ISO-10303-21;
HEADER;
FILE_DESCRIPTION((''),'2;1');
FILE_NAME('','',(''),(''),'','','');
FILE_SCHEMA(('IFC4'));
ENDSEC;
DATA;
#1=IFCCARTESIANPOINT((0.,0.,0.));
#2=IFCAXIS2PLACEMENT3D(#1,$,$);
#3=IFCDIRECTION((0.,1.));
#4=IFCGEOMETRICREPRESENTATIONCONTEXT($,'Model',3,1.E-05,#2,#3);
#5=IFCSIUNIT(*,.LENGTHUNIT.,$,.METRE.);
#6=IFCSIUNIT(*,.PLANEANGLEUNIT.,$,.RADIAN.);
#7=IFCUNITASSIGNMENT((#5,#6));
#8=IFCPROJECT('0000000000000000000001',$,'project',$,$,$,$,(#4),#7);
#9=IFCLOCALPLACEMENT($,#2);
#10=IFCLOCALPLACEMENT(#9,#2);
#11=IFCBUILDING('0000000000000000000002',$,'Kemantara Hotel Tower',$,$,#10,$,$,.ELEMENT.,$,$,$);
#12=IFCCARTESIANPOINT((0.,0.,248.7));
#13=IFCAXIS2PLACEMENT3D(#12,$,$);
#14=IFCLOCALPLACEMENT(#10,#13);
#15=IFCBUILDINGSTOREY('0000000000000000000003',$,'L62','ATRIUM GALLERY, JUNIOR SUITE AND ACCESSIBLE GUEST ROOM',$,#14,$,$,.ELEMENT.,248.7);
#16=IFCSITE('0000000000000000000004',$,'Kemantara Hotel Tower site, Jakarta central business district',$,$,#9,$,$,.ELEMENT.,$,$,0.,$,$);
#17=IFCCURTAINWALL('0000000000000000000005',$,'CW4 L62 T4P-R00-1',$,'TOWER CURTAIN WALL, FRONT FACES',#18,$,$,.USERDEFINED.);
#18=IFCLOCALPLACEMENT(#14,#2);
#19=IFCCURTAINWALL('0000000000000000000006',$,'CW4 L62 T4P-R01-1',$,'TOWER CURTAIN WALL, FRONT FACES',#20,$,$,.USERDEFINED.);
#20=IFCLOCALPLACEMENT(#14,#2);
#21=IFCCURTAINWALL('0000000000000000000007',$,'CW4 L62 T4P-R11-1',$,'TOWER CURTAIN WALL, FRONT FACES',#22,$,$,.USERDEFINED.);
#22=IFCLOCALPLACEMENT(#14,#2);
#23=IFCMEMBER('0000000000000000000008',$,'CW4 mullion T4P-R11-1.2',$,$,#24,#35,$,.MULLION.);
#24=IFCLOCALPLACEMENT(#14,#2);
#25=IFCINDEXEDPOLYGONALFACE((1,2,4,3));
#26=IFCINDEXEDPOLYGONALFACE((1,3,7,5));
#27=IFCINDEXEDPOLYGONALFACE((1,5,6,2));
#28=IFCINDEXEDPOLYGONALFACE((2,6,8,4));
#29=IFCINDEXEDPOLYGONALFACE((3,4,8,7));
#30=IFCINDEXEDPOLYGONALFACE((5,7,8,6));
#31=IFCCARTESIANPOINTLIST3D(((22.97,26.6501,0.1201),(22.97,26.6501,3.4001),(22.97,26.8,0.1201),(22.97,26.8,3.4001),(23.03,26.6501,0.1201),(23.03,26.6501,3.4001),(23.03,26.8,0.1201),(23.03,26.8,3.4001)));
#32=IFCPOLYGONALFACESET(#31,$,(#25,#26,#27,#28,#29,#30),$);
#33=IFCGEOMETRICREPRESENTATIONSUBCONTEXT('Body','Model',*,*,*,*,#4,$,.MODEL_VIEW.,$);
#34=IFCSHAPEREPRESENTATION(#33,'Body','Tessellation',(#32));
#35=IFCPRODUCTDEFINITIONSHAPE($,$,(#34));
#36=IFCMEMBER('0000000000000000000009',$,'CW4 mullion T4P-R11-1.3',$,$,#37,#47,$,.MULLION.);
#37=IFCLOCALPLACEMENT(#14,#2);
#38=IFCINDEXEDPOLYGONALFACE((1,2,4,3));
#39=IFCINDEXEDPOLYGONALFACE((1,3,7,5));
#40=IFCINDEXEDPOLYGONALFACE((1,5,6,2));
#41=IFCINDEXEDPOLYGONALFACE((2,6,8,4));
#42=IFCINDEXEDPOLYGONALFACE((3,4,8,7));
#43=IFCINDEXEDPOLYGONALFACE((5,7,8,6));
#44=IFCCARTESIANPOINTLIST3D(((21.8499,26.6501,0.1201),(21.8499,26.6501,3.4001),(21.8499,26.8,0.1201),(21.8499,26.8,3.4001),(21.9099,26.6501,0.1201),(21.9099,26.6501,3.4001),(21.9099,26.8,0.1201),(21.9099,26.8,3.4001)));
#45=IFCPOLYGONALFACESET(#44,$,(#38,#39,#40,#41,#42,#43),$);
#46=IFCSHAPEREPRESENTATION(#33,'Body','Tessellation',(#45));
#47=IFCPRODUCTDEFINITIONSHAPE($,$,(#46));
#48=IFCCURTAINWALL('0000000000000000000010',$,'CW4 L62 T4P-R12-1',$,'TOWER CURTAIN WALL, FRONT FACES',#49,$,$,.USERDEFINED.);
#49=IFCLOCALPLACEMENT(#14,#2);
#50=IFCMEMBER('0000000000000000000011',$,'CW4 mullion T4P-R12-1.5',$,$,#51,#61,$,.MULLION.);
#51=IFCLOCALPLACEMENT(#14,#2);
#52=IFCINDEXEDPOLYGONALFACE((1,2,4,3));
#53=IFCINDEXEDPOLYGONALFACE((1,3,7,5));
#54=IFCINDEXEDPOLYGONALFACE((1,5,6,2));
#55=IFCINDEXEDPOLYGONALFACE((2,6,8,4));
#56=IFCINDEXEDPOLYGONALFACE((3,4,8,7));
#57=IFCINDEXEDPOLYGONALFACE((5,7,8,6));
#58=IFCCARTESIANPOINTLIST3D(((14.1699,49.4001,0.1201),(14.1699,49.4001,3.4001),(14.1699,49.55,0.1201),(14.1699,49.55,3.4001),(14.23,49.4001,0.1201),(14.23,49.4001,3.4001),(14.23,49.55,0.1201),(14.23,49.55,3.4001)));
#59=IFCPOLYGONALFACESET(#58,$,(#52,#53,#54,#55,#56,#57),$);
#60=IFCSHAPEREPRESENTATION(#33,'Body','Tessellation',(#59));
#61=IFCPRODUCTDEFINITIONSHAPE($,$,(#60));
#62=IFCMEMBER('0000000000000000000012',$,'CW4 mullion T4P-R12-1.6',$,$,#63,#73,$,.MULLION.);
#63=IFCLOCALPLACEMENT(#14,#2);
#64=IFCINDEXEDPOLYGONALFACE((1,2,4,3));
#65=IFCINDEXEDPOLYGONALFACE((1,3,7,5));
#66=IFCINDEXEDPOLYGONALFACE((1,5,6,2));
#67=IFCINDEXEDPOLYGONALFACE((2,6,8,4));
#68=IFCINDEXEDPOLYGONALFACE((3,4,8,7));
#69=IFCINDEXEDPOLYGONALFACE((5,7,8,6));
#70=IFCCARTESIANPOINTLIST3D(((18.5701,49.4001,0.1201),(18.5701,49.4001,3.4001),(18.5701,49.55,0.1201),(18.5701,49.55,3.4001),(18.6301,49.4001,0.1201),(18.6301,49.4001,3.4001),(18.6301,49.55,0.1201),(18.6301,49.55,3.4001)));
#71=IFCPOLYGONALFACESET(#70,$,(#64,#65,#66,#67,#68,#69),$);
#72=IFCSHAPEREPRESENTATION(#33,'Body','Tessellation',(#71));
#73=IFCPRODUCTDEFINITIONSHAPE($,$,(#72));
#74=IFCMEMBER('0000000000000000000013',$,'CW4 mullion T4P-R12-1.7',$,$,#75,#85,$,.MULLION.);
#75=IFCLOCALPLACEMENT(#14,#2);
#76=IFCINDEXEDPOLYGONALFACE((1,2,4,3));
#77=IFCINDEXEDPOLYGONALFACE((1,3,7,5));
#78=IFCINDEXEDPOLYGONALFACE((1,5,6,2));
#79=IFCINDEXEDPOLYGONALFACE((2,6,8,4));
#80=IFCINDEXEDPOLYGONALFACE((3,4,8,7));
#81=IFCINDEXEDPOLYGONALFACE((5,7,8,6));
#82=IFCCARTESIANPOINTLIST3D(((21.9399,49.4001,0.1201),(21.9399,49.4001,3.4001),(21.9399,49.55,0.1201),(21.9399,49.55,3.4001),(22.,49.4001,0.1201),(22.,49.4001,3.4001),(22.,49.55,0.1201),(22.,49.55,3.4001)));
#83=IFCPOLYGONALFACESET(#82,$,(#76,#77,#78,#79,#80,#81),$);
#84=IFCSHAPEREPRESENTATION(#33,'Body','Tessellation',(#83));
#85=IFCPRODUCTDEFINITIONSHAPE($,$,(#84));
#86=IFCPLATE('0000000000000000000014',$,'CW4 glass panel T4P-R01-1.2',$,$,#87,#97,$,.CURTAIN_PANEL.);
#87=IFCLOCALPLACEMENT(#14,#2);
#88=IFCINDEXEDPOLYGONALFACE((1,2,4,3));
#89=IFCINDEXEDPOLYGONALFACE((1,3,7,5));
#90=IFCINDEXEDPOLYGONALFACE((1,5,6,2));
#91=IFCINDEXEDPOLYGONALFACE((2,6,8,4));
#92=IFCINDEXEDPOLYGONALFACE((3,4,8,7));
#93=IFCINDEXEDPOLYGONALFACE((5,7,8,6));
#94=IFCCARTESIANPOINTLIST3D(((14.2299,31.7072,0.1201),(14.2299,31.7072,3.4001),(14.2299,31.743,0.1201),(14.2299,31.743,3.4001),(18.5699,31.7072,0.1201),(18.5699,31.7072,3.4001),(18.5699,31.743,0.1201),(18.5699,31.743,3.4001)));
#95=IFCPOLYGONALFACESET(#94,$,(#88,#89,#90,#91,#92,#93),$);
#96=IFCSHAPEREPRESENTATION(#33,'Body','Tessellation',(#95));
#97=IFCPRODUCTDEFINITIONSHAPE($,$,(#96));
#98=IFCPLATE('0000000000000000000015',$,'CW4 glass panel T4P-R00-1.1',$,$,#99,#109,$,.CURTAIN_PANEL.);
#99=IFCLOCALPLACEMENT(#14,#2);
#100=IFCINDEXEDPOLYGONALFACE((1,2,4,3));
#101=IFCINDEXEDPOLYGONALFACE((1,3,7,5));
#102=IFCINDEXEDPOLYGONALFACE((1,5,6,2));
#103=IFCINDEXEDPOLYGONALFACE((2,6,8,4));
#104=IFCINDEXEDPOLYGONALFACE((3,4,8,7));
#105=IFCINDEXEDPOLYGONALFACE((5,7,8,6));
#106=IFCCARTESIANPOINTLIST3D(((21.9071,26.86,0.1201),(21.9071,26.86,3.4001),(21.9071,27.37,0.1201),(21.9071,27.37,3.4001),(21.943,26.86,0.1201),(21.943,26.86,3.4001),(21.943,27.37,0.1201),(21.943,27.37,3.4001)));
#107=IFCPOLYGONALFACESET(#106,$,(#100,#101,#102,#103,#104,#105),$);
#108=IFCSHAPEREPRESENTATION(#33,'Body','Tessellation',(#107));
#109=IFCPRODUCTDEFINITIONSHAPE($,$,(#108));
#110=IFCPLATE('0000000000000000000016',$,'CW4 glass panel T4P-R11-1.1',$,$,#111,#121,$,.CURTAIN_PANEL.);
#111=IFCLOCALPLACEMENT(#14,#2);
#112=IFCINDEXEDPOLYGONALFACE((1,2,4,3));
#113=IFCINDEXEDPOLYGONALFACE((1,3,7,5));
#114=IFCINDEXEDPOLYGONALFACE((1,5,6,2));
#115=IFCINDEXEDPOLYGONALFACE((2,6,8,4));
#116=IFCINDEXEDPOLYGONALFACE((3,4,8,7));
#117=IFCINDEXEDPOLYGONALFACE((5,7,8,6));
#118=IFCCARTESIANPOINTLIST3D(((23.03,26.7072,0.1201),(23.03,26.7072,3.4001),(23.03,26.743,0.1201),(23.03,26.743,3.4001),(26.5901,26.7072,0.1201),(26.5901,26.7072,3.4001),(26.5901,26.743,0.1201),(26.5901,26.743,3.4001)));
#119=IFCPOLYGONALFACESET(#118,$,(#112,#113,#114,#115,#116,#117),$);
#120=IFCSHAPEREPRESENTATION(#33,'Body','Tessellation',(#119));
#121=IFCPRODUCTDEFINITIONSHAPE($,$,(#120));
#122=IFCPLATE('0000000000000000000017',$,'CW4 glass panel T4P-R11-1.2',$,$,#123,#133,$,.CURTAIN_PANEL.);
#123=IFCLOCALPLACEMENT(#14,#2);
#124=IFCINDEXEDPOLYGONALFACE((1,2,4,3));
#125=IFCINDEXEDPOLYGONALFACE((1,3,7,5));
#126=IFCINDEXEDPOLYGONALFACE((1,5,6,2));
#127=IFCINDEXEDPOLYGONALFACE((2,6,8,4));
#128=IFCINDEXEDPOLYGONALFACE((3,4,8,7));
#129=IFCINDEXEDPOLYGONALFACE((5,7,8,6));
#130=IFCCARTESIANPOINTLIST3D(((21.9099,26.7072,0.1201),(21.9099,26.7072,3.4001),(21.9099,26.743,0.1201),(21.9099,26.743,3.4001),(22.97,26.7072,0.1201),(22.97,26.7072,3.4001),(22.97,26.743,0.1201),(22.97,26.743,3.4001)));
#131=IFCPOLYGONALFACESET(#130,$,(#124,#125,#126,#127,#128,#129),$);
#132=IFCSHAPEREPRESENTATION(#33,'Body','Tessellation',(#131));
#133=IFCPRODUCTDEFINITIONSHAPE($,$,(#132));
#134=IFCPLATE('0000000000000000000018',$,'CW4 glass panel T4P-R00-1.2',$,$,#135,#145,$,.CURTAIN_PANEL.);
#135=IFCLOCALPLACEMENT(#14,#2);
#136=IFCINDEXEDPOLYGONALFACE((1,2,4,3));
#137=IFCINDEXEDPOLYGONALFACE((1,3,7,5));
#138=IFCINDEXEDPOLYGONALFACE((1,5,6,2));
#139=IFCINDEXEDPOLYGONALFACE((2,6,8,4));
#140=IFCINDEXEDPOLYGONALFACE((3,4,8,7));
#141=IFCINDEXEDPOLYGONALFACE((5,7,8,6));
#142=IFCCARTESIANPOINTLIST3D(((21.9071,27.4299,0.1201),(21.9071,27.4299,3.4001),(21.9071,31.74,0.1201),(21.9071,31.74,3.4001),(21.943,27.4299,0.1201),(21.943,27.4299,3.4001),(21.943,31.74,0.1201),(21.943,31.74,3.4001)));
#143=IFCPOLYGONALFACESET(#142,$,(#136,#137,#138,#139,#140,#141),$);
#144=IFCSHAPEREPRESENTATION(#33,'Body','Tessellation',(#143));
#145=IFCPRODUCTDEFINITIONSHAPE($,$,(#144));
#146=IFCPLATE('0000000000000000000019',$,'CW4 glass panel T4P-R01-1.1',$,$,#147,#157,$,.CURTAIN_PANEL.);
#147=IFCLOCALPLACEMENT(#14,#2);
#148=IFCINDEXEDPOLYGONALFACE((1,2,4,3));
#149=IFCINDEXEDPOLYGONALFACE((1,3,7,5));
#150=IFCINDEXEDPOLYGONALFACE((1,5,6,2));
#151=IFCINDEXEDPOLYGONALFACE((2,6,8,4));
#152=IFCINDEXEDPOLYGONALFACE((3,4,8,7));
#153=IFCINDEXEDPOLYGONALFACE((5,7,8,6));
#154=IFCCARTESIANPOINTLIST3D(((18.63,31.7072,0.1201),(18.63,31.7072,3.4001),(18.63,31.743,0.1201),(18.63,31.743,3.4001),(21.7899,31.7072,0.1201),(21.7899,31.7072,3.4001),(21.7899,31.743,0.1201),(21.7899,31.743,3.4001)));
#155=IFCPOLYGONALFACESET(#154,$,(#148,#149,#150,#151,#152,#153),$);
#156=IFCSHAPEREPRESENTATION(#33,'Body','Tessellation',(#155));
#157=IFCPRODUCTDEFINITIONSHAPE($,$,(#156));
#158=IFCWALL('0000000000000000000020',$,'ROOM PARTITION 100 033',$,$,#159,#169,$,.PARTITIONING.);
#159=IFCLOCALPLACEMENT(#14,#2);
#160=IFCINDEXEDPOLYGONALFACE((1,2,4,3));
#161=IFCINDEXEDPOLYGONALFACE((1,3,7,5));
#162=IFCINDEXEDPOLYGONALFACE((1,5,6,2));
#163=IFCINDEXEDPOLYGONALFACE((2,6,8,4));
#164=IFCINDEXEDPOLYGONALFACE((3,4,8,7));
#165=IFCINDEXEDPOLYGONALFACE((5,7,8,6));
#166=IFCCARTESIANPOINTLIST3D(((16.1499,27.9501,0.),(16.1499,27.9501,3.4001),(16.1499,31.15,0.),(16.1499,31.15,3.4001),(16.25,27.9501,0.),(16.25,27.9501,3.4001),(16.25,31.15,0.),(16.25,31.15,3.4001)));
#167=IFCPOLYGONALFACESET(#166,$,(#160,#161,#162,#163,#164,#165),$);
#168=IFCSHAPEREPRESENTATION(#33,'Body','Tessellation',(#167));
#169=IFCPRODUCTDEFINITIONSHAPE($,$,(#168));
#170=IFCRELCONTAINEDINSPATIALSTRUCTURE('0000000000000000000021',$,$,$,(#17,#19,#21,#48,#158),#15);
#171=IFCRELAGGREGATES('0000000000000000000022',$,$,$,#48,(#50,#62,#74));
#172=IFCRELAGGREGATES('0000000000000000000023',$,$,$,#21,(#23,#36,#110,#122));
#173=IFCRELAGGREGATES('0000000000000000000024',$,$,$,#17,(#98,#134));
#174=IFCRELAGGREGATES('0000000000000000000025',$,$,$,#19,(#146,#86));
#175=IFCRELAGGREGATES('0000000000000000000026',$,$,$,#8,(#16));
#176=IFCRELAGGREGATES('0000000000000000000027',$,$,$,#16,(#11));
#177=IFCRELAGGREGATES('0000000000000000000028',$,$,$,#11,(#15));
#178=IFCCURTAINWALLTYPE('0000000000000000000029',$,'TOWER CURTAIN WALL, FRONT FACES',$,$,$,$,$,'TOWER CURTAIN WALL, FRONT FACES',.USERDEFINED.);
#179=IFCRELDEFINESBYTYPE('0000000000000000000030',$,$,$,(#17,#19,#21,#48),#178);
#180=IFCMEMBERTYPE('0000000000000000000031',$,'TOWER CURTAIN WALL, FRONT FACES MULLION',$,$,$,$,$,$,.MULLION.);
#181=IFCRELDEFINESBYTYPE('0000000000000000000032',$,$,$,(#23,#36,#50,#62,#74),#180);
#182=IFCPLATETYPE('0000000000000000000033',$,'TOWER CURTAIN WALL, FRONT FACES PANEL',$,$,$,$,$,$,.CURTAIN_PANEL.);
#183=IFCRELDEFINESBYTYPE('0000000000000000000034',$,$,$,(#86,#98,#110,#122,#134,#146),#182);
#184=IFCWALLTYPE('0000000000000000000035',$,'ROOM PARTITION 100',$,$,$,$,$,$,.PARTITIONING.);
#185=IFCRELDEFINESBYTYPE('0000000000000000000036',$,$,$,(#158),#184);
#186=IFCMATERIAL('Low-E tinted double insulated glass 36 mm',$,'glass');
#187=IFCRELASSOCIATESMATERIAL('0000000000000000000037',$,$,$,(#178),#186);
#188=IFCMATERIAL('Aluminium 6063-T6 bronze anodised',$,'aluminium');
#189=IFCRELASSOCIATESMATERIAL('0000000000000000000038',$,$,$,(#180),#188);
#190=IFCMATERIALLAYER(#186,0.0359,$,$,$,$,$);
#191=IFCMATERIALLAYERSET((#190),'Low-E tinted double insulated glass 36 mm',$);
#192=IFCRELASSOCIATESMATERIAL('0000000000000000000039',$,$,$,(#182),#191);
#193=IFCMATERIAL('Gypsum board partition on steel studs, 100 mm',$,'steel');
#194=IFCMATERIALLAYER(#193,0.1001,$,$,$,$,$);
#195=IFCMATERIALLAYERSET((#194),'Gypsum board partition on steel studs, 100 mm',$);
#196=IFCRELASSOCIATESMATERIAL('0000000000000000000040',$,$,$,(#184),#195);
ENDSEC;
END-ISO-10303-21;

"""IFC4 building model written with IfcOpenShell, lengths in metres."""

from ifc_helpers import new_model, si_unit, direction, frame, frame_2d, origin, origin_2d, place, context, subcontext, project, spatial, rectangle, extrude, source, transform, mapped, material, layer, layer_set, material_profile, profile_set, type_object, element, aggregate, save


model = new_model("IFC4")

# Units and contexts
model_context = context("Model", 3, precision=1e-05, world=origin(), true_north=direction((0.0, 1.0)))
body_context = subcontext(model_context, "Body", "Model", "MODEL_VIEW")
ifc_project = project(units=[si_unit("LENGTHUNIT", "METRE"), si_unit("PLANEANGLEUNIT", "RADIAN")], contexts=[model_context])

# Site, building, storey
site_placement = place(None, origin())
site = spatial("IfcSite", under=ifc_project, at=site_placement, Name="Kemantara Hotel Tower site, Jakarta central business district", CompositionType="ELEMENT", RefElevation=0.0)
building_placement = place(site_placement, origin())
building = spatial("IfcBuilding", under=site, at=building_placement, Name="Kemantara Hotel Tower", CompositionType="ELEMENT")
storey_placement = place(building_placement, frame((0.0, 0.0, 248.7)))
storey = spatial("IfcBuildingStorey", under=building, at=storey_placement, Name="L62", Description="ATRIUM GALLERY, JUNIOR SUITE AND ACCESSIBLE GUEST ROOM", CompositionType="ELEMENT", Elevation=248.7)

# Curtain walls
ifc_material_1 = material(Name="Low-E tinted double insulated glass 36 mm", Category="glass")
curtain_wall_type = type_object("IfcCurtainWallType", Name="TOWER CURTAIN WALL, FRONT FACES", ElementType="TOWER CURTAIN WALL, FRONT FACES", PredefinedType="USERDEFINED", material=ifc_material_1)
curtain_wall_1_placement = place(storey_placement, origin())
curtain_wall_1 = element("IfcCurtainWall", 1, at=curtain_wall_1_placement, inside=storey, type_object=curtain_wall_type, Name="CW4 L62 T4P-R00-1", ObjectType="TOWER CURTAIN WALL, FRONT FACES", PredefinedType="USERDEFINED")
ifc_material_2 = material(Name="Aluminium 6063-T6 bronze anodised", Category="aluminium")
curtain_wall_2_placement = place(storey_placement, origin())
curtain_wall_2 = element("IfcCurtainWall", 2, at=curtain_wall_2_placement, inside=storey, type_object=curtain_wall_type, Name="CW4 L62 T4P-R01-1", ObjectType="TOWER CURTAIN WALL, FRONT FACES", PredefinedType="USERDEFINED")
curtain_wall_3_placement = place(storey_placement, origin())
curtain_wall_3 = element("IfcCurtainWall", 3, at=curtain_wall_3_placement, inside=storey, type_object=curtain_wall_type, Name="CW4 L62 T4P-R11-1", ObjectType="TOWER CURTAIN WALL, FRONT FACES", PredefinedType="USERDEFINED")

# Shared definitions
ifc_material_profile_1 = material_profile(ifc_material_2, rectangle(XDim=0.1499, YDim=0.0601, at=origin_2d()), Name="TOWER CURTAIN WALL, FRONT FACES MULLION")
ifc_profile_set_1 = profile_set([ifc_material_profile_1], Name="Aluminium 6063-T6 bronze anodised")
member_type_1 = type_object("IfcMemberType", Name="TOWER CURTAIN WALL, FRONT FACES MULLION", PredefinedType="MULLION", material=ifc_profile_set_1)
shared_shape_1 = source(origin(), body_context, "Body", "SweptSolid", [
    extrude(rectangle(XDim=0.1499, YDim=0.0601, at=origin_2d()), origin(), (0.0, 0.0, 1.0), 3.28),
])

# Members
member_1_placement = place(storey_placement, frame((23.0, 26.7251, 0.1201), z_axis=(0.0, 0.0, 1.0), x_axis=(0.0, -1.0, 0.0)))
member_1 = element("IfcMember", 4, at=member_1_placement, type_object=member_type_1, Name="CW4 mullion T4P-R11-1.2", PredefinedType="MULLION", context=body_context, shape_type="MappedRepresentation", body=[
    mapped(shared_shape_1, transform((0.0, 0.0, 0.0))),
])
member_2_placement = place(storey_placement, frame((21.8799, 26.7251, 0.1201), z_axis=(0.0, 0.0, 1.0), x_axis=(0.0, -1.0, 0.0)))
member_2 = element("IfcMember", 5, at=member_2_placement, type_object=member_type_1, Name="CW4 mullion T4P-R11-1.3", PredefinedType="MULLION", context=body_context, shape_type="MappedRepresentation", body=[
    mapped(shared_shape_1, transform((0.0, 0.0, 0.0))),
])

# Curtain wall, members
curtain_wall_4_placement = place(storey_placement, origin())
curtain_wall_4 = element("IfcCurtainWall", 6, at=curtain_wall_4_placement, inside=storey, type_object=curtain_wall_type, Name="CW4 L62 T4P-R12-1", ObjectType="TOWER CURTAIN WALL, FRONT FACES", PredefinedType="USERDEFINED")
member_3_placement = place(storey_placement, frame((14.2, 49.4751, 0.1201), z_axis=(0.0, 0.0, 1.0), x_axis=(0.0, 1.0, 0.0)))
member_3 = element("IfcMember", 7, at=member_3_placement, type_object=member_type_1, Name="CW4 mullion T4P-R12-1.5", PredefinedType="MULLION", context=body_context, shape_type="MappedRepresentation", body=[
    mapped(shared_shape_1, transform((0.0, 0.0, 0.0))),
])
member_4_placement = place(storey_placement, frame((18.6001, 49.4751, 0.1201), z_axis=(0.0, 0.0, 1.0), x_axis=(0.0, 1.0, 0.0)))
member_4 = element("IfcMember", 8, at=member_4_placement, type_object=member_type_1, Name="CW4 mullion T4P-R12-1.6", PredefinedType="MULLION", context=body_context, shape_type="MappedRepresentation", body=[
    mapped(shared_shape_1, transform((0.0, 0.0, 0.0))),
])
member_5_placement = place(storey_placement, frame((21.97, 49.4751, 0.1201), z_axis=(0.0, 0.0, 1.0), x_axis=(0.0, 1.0, 0.0)))
member_5 = element("IfcMember", 9, at=member_5_placement, type_object=member_type_1, Name="CW4 mullion T4P-R12-1.7", PredefinedType="MULLION", context=body_context, shape_type="MappedRepresentation", body=[
    mapped(shared_shape_1, transform((0.0, 0.0, 0.0))),
])
aggregate(curtain_wall_4, [member_3, member_4, member_5])

# Plates
ifc_layer_1 = layer(ifc_material_1, 0.0359)
ifc_layer_set_1 = layer_set([ifc_layer_1], Name="Low-E tinted double insulated glass 36 mm")
plate_type = type_object("IfcPlateType", Name="TOWER CURTAIN WALL, FRONT FACES PANEL", PredefinedType="CURTAIN_PANEL", material=ifc_layer_set_1)
shared_shape_2 = source(origin(), body_context, "Body", "SweptSolid", [
    extrude(rectangle(XDim=4.3401, YDim=0.0359, at=origin_2d()), origin(), (0.0, 0.0, 1.0), 3.28),
])
plate_1_placement = place(storey_placement, frame((16.3999, 31.7251, 0.1201), z_axis=(0.0, 0.0, 1.0), x_axis=(-1.0, 0.0, 0.0)))
plate_1 = element("IfcPlate", 10, at=plate_1_placement, type_object=plate_type, Name="CW4 glass panel T4P-R01-1.2", PredefinedType="CURTAIN_PANEL", context=body_context, shape_type="MappedRepresentation", body=[
    mapped(shared_shape_2, transform((0.0, 0.0, 0.0))),
])
shared_shape_3 = source(origin(), body_context, "Body", "SweptSolid", [
    extrude(rectangle(XDim=0.51, YDim=0.0359, at=origin_2d()), origin(), (0.0, 0.0, 1.0), 3.28),
])
plate_2_placement = place(storey_placement, frame((21.925, 27.115, 0.1201), z_axis=(0.0, 0.0, 1.0), x_axis=(0.0, 1.0, 0.0)))
plate_2 = element("IfcPlate", 11, at=plate_2_placement, type_object=plate_type, Name="CW4 glass panel T4P-R00-1.1", PredefinedType="CURTAIN_PANEL", context=body_context, shape_type="MappedRepresentation", body=[
    mapped(shared_shape_3, transform((0.0, 0.0, 0.0))),
])
shared_shape_4 = source(origin(), body_context, "Body", "SweptSolid", [
    extrude(rectangle(XDim=3.5601, YDim=0.0359, at=origin_2d()), origin(), (0.0, 0.0, 1.0), 3.28),
])
plate_3_placement = place(storey_placement, frame((24.8101, 26.7251, 0.1201), z_axis=(0.0, 0.0, 1.0), x_axis=(-1.0, 0.0, 0.0)))
plate_3 = element("IfcPlate", 12, at=plate_3_placement, type_object=plate_type, Name="CW4 glass panel T4P-R11-1.1", PredefinedType="CURTAIN_PANEL", context=body_context, shape_type="MappedRepresentation", body=[
    mapped(shared_shape_4, transform((0.0, 0.0, 0.0))),
])
shared_shape_5 = source(origin(), body_context, "Body", "SweptSolid", [
    extrude(rectangle(XDim=1.0601, YDim=0.0359, at=origin_2d()), origin(), (0.0, 0.0, 1.0), 3.28),
])
plate_4_placement = place(storey_placement, frame((22.4399, 26.7251, 0.1201), z_axis=(0.0, 0.0, 1.0), x_axis=(-1.0, 0.0, 0.0)))
plate_4 = element("IfcPlate", 13, at=plate_4_placement, type_object=plate_type, Name="CW4 glass panel T4P-R11-1.2", PredefinedType="CURTAIN_PANEL", context=body_context, shape_type="MappedRepresentation", body=[
    mapped(shared_shape_5, transform((0.0, 0.0, 0.0))),
])
aggregate(curtain_wall_3, [member_1, member_2, plate_3, plate_4])
shared_shape_6 = source(origin(), body_context, "Body", "SweptSolid", [
    extrude(rectangle(XDim=4.3101, YDim=0.0359, at=origin_2d()), origin(), (0.0, 0.0, 1.0), 3.28),
])
plate_5_placement = place(storey_placement, frame((21.925, 29.585, 0.1201), z_axis=(0.0, 0.0, 1.0), x_axis=(0.0, 1.0, 0.0)))
plate_5 = element("IfcPlate", 14, at=plate_5_placement, type_object=plate_type, Name="CW4 glass panel T4P-R00-1.2", PredefinedType="CURTAIN_PANEL", context=body_context, shape_type="MappedRepresentation", body=[
    mapped(shared_shape_6, transform((0.0, 0.0, 0.0))),
])
aggregate(curtain_wall_1, [plate_2, plate_5])
shared_shape_7 = source(origin(), body_context, "Body", "SweptSolid", [
    extrude(rectangle(XDim=3.1599, YDim=0.0359, at=origin_2d()), origin(), (0.0, 0.0, 1.0), 3.28),
])
plate_6_placement = place(storey_placement, frame((20.21, 31.7251, 0.1201), z_axis=(0.0, 0.0, 1.0), x_axis=(-1.0, 0.0, 0.0)))
plate_6 = element("IfcPlate", 15, at=plate_6_placement, type_object=plate_type, Name="CW4 glass panel T4P-R01-1.1", PredefinedType="CURTAIN_PANEL", context=body_context, shape_type="MappedRepresentation", body=[
    mapped(shared_shape_7, transform((0.0, 0.0, 0.0))),
])
aggregate(curtain_wall_2, [plate_6, plate_1])

# Wall
ifc_material_3 = material(Name="Gypsum board partition on steel studs, 100 mm", Category="steel")
ifc_layer_2 = layer(ifc_material_3, 0.1001)
ifc_layer_set_2 = layer_set([ifc_layer_2], Name="Gypsum board partition on steel studs, 100 mm")
wall_type = type_object("IfcWallType", Name="ROOM PARTITION 100", PredefinedType="PARTITIONING", material=ifc_layer_set_2)
wall_placement = place(storey_placement, frame((16.2, 27.95, 0.0), z_axis=(0.0, 0.0, 1.0), x_axis=(0.0, 1.0, 0.0)))
element("IfcWall", 16, at=wall_placement, inside=storey, type_object=wall_type, Name="ROOM PARTITION 100 033", PredefinedType="PARTITIONING", context=body_context, shape_type="SweptSolid", body=[
    extrude(rectangle(XDim=3.2, YDim=0.1001, at=frame_2d((1.6001, 0.0))), origin(), (0.0, 0.0, 1.0), 3.4001),
])

save(model, "model.ifc")
